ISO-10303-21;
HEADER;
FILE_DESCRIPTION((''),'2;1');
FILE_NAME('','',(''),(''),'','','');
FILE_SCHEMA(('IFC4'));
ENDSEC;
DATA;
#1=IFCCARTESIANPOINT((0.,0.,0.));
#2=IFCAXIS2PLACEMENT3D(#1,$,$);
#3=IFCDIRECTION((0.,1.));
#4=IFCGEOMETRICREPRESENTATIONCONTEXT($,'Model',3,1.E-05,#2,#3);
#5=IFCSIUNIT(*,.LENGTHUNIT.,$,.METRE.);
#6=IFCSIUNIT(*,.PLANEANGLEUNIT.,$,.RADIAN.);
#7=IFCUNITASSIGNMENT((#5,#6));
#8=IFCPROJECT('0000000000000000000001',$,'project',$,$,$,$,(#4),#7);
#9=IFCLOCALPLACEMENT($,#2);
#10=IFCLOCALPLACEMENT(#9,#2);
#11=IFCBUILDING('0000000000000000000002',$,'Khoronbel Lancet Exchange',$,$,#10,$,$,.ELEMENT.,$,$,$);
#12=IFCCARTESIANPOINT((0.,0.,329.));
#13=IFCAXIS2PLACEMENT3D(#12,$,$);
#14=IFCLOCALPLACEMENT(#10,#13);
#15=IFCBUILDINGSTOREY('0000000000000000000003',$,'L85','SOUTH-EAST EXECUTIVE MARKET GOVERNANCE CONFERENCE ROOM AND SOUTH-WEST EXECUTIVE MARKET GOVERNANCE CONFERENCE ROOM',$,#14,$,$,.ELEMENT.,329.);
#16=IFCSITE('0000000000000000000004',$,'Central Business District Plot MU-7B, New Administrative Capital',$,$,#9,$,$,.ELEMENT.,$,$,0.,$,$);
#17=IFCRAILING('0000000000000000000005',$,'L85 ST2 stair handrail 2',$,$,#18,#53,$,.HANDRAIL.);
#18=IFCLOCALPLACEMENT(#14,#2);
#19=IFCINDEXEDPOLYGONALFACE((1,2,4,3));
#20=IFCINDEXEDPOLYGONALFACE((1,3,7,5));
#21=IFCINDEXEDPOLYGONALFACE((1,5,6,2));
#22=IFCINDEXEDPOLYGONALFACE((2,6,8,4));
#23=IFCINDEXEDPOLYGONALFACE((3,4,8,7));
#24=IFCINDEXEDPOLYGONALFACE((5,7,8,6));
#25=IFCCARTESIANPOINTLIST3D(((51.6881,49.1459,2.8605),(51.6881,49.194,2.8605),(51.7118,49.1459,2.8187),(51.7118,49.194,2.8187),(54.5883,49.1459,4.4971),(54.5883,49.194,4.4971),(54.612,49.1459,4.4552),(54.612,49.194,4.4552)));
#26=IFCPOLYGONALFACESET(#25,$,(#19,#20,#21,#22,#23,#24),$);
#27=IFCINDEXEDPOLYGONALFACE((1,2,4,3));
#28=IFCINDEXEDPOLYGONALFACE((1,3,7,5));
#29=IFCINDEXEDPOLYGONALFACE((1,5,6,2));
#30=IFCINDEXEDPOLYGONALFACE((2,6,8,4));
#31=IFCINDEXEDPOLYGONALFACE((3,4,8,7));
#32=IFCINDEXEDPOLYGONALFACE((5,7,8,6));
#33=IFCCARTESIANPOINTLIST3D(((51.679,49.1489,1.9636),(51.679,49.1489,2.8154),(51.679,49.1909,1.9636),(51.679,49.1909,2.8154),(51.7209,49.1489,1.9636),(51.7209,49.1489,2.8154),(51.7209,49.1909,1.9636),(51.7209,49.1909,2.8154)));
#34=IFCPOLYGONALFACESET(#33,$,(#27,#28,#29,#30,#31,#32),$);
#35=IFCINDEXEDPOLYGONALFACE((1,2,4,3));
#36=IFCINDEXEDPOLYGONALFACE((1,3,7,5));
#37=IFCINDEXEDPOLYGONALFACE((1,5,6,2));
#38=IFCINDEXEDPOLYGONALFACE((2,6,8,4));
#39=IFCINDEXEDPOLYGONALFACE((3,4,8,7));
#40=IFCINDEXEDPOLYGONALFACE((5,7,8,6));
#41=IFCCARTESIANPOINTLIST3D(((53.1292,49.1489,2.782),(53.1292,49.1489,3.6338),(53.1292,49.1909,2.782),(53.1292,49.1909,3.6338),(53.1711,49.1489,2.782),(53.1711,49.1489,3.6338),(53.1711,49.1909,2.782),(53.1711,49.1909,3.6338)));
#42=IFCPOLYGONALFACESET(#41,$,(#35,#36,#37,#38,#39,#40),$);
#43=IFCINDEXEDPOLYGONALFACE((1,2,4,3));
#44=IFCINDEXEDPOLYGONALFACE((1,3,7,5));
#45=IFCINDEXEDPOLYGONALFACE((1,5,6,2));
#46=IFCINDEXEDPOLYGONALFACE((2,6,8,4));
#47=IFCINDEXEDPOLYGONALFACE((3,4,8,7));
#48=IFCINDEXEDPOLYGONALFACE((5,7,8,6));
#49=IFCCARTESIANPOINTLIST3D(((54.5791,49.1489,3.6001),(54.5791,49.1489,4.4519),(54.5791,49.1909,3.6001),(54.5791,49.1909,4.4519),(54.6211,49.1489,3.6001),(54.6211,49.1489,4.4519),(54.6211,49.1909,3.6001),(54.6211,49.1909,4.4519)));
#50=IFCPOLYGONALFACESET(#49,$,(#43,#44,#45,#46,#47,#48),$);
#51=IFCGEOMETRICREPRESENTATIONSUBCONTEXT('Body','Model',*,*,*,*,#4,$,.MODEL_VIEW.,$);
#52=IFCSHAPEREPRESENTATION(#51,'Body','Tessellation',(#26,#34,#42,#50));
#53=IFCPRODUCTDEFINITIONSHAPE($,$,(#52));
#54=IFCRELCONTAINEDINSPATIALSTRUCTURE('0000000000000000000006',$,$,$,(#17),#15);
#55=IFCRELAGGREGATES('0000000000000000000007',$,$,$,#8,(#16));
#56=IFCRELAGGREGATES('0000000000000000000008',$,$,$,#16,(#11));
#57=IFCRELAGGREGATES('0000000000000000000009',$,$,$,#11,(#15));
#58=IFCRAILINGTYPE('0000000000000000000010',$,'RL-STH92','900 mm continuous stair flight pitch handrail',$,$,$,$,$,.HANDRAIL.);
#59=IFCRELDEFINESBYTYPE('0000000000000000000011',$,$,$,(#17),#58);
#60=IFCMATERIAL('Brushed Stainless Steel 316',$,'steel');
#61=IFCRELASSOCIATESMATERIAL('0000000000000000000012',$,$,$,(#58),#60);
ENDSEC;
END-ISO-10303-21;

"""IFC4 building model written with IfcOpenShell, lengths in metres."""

from ifc_helpers import new_model, si_unit, direction, frame, origin, origin_2d, place, context, subcontext, project, spatial, rectangle, extrude, material, type_object, element, save


model = new_model("IFC4")

# Units and contexts
model_context = context("Model", 3, precision=1e-05, world=origin(), true_north=direction((0.0, 1.0)))
body_context = subcontext(model_context, "Body", "Model", "MODEL_VIEW")
ifc_project = project(units=[si_unit("LENGTHUNIT", "METRE"), si_unit("PLANEANGLEUNIT", "RADIAN")], contexts=[model_context])

# Site, building, storey
site_placement = place(None, origin())
site = spatial("IfcSite", under=ifc_project, at=site_placement, Name="Central Business District Plot MU-7B, New Administrative Capital", CompositionType="ELEMENT", RefElevation=0.0)
building_placement = place(site_placement, origin())
building = spatial("IfcBuilding", under=site, at=building_placement, Name="Khoronbel Lancet Exchange", CompositionType="ELEMENT")
storey_placement = place(building_placement, frame((0.0, 0.0, 329.0)))
storey = spatial("IfcBuildingStorey", under=building, at=storey_placement, Name="L85", Description="SOUTH-EAST EXECUTIVE MARKET GOVERNANCE CONFERENCE ROOM AND SOUTH-WEST EXECUTIVE MARKET GOVERNANCE CONFERENCE ROOM", CompositionType="ELEMENT", Elevation=329.0)

# Railing
ifc_material_1 = material(Name="Brushed Stainless Steel 316", Category="steel")
railing_type_1 = type_object("IfcRailingType", Name="RL-STH92", Description="900 mm continuous stair flight pitch handrail", PredefinedType="HANDRAIL", material=ifc_material_1)
railing_1_placement = place(storey_placement, frame((51.7, 49.1699, 1.9636)))
element("IfcRailing", 1, at=railing_1_placement, inside=storey, type_object=railing_type_1, Name="L85 ST2 stair handrail 2", PredefinedType="HANDRAIL", context=body_context, shape_type="SweptSolid", body=[
    extrude(rectangle(XDim=0.0481, YDim=0.0481, at=origin_2d()), frame((0.0, 0.0, 0.876), z_axis=(0.870915, 0.0, 0.491434), x_axis=(0.0, 1.0, 0.0)), (0.0, 0.0, 1.0), 3.3301),
    extrude(rectangle(XDim=0.042, YDim=0.042, at=origin_2d()), origin(), (0.0, 0.0, 1.0), 0.8518),
    extrude(rectangle(XDim=0.042, YDim=0.042, at=origin_2d()), frame((1.4502, 0.0, 0.8184)), (0.0, 0.0, 1.0), 0.8518),
    extrude(rectangle(XDim=0.042, YDim=0.042, at=origin_2d()), frame((2.9001, 0.0, 1.6365)), (0.0, 0.0, 1.0), 0.8518),
])

save(model, "model.ifc")
